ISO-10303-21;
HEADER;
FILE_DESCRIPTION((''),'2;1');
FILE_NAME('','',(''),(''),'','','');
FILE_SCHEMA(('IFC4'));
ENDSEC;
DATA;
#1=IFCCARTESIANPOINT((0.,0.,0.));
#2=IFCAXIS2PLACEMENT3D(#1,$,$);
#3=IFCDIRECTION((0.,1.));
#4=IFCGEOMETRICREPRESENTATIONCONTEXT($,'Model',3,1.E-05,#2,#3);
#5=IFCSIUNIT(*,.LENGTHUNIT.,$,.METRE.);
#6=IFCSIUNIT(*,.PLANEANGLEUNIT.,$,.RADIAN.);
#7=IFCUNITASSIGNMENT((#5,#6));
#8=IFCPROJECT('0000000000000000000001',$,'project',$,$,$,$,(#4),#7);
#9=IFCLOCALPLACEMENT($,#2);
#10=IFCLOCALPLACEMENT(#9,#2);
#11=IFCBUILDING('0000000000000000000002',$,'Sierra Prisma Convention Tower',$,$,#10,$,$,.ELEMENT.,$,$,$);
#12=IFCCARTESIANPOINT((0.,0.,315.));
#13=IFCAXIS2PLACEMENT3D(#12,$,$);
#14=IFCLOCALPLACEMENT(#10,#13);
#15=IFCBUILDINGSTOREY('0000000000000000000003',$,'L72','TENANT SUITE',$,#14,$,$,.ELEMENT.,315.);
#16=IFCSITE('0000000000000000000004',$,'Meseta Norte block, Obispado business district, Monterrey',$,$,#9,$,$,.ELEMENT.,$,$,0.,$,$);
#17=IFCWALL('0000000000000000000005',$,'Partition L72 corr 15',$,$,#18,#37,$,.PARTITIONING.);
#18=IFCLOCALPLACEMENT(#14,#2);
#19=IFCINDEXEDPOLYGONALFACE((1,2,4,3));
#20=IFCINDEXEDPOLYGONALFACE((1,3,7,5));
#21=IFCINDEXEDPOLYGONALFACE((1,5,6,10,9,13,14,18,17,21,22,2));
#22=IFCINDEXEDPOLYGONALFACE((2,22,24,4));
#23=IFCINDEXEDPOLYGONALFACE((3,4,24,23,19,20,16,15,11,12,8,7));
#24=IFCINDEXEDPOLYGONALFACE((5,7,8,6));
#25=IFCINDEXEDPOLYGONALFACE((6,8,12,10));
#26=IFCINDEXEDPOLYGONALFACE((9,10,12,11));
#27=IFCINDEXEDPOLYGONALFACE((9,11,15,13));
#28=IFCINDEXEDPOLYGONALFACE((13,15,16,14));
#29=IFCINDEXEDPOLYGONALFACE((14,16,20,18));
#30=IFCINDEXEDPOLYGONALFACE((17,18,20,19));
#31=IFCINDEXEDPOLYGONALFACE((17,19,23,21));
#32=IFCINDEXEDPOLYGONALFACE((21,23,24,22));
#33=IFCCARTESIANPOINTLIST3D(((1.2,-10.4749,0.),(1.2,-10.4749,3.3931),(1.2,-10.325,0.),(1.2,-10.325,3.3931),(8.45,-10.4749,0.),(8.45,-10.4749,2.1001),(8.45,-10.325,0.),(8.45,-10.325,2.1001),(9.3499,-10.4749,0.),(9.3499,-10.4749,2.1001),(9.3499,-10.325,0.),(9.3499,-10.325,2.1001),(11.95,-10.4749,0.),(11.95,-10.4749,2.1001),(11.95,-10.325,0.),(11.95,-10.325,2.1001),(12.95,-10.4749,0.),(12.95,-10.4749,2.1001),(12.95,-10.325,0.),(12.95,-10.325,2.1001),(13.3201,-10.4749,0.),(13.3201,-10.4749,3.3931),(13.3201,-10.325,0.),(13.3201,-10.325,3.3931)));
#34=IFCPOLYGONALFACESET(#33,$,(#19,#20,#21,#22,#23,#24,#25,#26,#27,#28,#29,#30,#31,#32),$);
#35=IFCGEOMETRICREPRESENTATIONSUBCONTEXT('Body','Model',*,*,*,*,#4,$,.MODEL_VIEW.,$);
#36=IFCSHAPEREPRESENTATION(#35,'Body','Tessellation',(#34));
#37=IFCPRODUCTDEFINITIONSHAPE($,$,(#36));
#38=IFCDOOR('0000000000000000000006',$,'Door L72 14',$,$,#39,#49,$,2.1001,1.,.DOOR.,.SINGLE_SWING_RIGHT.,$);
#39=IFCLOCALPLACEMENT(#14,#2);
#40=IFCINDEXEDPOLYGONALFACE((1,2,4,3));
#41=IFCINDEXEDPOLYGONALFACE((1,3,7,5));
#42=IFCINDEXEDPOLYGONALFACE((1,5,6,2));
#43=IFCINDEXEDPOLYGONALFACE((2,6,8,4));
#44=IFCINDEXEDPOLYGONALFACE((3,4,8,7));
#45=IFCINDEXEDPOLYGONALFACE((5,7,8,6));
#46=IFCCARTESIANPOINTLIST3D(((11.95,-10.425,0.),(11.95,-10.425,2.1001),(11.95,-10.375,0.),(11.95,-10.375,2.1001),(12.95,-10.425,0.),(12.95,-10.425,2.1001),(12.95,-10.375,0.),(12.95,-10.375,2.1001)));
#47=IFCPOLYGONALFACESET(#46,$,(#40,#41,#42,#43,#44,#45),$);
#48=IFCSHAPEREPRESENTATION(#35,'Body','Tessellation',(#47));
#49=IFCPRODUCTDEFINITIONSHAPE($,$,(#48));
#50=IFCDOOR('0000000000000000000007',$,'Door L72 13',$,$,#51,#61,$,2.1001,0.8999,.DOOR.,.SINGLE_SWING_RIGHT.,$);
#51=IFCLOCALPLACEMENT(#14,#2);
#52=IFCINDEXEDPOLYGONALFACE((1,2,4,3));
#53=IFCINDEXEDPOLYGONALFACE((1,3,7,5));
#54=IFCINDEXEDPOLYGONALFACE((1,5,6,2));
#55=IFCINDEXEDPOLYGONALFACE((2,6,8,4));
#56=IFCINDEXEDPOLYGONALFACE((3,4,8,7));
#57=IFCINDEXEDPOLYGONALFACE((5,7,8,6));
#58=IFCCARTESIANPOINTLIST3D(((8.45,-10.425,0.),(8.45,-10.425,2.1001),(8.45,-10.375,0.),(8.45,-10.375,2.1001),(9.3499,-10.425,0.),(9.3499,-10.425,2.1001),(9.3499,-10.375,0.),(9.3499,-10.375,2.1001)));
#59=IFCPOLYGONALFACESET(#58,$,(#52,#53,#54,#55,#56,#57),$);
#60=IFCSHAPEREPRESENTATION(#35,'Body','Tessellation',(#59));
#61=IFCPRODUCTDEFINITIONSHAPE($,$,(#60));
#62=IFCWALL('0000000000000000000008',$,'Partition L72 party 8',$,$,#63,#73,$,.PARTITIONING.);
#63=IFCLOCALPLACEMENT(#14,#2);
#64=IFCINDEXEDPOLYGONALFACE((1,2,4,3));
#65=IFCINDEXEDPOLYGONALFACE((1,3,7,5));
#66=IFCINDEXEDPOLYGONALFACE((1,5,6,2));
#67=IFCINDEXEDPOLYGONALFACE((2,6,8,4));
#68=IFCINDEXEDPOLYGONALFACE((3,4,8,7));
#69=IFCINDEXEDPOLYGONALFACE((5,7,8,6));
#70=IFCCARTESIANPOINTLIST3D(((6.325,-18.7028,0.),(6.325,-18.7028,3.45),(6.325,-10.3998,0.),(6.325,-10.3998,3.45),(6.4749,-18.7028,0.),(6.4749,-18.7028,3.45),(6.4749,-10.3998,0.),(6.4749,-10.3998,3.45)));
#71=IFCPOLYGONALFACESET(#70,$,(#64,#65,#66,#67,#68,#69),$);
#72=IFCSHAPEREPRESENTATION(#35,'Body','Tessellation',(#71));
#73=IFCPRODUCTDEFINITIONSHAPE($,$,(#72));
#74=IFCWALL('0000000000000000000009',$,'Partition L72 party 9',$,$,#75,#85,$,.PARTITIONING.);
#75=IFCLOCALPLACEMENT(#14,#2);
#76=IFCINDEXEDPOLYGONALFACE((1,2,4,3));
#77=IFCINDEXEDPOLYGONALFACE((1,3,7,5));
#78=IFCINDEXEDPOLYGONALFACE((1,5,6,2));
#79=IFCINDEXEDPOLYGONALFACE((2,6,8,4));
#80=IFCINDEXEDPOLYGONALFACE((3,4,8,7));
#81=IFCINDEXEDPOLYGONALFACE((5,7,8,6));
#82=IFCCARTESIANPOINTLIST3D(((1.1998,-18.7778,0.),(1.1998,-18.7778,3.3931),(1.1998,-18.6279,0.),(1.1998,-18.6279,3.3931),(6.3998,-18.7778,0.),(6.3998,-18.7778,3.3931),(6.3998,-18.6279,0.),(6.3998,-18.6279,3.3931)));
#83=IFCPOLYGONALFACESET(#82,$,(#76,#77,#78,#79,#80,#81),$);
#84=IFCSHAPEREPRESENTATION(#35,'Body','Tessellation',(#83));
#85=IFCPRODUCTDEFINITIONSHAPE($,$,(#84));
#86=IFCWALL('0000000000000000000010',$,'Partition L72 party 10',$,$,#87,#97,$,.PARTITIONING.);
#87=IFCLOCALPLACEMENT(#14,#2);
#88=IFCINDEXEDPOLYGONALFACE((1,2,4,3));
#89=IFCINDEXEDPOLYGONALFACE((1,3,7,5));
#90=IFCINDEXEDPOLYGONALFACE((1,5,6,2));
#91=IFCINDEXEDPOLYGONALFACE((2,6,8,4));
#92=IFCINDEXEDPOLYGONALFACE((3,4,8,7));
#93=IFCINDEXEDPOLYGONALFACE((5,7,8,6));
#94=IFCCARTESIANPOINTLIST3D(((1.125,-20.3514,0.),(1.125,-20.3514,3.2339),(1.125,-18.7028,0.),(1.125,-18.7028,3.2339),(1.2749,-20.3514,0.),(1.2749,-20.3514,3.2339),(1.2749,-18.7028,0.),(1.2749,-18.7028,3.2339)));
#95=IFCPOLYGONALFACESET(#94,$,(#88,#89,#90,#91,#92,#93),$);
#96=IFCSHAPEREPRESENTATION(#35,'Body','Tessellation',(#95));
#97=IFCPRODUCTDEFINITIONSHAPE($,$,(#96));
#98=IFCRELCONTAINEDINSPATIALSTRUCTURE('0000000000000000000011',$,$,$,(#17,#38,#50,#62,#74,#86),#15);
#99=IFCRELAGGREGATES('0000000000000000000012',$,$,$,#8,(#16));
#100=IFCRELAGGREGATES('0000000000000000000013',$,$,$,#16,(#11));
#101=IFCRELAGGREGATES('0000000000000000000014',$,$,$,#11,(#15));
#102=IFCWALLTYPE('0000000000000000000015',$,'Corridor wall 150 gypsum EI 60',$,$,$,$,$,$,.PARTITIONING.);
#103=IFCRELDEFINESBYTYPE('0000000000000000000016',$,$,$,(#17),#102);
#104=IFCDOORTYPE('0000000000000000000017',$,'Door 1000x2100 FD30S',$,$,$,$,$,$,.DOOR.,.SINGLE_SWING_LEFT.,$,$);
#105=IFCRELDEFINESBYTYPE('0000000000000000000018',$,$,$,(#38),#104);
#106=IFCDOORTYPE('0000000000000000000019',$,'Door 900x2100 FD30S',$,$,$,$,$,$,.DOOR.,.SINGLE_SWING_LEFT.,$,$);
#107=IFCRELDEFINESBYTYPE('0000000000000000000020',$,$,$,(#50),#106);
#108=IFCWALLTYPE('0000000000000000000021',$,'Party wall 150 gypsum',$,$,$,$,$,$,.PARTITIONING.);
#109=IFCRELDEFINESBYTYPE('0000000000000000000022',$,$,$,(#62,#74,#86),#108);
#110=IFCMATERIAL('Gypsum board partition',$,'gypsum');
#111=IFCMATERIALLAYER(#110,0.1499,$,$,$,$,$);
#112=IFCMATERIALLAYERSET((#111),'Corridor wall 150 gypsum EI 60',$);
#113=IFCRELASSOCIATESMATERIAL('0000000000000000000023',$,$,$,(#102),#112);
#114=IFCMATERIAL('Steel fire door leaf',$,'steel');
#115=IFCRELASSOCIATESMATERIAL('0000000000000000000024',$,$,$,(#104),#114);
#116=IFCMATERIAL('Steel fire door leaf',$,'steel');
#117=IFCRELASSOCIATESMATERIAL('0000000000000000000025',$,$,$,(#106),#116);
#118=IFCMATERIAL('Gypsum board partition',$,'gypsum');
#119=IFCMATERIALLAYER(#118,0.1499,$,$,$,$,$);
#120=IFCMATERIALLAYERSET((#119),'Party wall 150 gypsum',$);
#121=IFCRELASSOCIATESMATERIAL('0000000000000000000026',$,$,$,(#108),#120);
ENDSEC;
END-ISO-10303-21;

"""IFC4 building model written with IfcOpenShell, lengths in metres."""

from ifc_helpers import new_model, si_unit, direction, frame, frame_2d, origin, place, context, subcontext, project, spatial, rectangle, extrude, material, layer, layer_set, type_object, element, fill, save


model = new_model("IFC4")

# Units and contexts
model_context = context("Model", 3, precision=1e-05, world=origin(), true_north=direction((0.0, 1.0)))
body_context = subcontext(model_context, "Body", "Model", "MODEL_VIEW")
ifc_project = project(units=[si_unit("LENGTHUNIT", "METRE"), si_unit("PLANEANGLEUNIT", "RADIAN")], contexts=[model_context])

# Site, building, storey
site_placement = place(None, origin())
site = spatial("IfcSite", under=ifc_project, at=site_placement, Name="Meseta Norte block, Obispado business district, Monterrey", CompositionType="ELEMENT", RefElevation=0.0)
building_placement = place(site_placement, origin())
building = spatial("IfcBuilding", under=site, at=building_placement, Name="Sierra Prisma Convention Tower", CompositionType="ELEMENT")
storey_placement = place(building_placement, frame((0.0, 0.0, 315.0)))
storey = spatial("IfcBuildingStorey", under=building, at=storey_placement, Name="L72", Description="TENANT SUITE", CompositionType="ELEMENT", Elevation=315.0)

# Shared definitions
ifc_material_1 = material(Name="Gypsum board partition", Category="gypsum")
ifc_layer_1 = layer(ifc_material_1, 0.1499)
ifc_layer_set_1 = layer_set([ifc_layer_1], Name="Corridor wall 150 gypsum EI 60")
wall_type_1 = type_object("IfcWallType", Name="Corridor wall 150 gypsum EI 60", PredefinedType="PARTITIONING", material=ifc_layer_set_1)
ifc_material_2 = material(Name="Steel fire door leaf", Category="steel")
door_type_1 = type_object("IfcDoorType", Name="Door 1000x2100 FD30S", OperationType="SINGLE_SWING_LEFT", PredefinedType="DOOR", material=ifc_material_2)

# Wall, openings, doors
wall_1_placement = place(storey_placement, frame((1.2, -10.3999, 0.0), z_axis=(0.0, 0.0, 1.0), x_axis=(1.0, 0.0, 0.0)))
wall_1 = element("IfcWall", 1, at=wall_1_placement, inside=storey, type_object=wall_type_1, Name="Partition L72 corr 15", PredefinedType="PARTITIONING", context=body_context, shape_type="SweptSolid", body=[
    extrude(rectangle(XDim=12.1201, YDim=0.1499, at=frame_2d((6.0601, 0.0))), origin(), (0.0, 0.0, 1.0), 3.3931),
])
opening_1_placement = place(wall_1_placement, frame((7.25, 0.0, 0.0)))
opening_1 = element("IfcOpeningElement", 2, at=opening_1_placement, cuts=wall_1, PredefinedType="OPENING", context=body_context, shape_type="SweptSolid", body=[
    extrude(rectangle(XDim=0.8999, YDim=2.1001, at=frame_2d((0.45, 1.05))), frame((0.0, 0.075, 0.0), z_axis=(0.0, -1.0, 0.0), x_axis=(1.0, 0.0, 0.0)), (0.0, 0.0, 1.0), 0.1499),
])
opening_2_placement = place(wall_1_placement, frame((10.75, 0.0, 0.0)))
opening_2 = element("IfcOpeningElement", 3, at=opening_2_placement, cuts=wall_1, PredefinedType="OPENING", context=body_context, shape_type="SweptSolid", body=[
    extrude(rectangle(XDim=1.0, YDim=2.1001, at=frame_2d((0.5, 1.05))), frame((0.0, 0.075, 0.0), z_axis=(0.0, -1.0, 0.0), x_axis=(1.0, 0.0, 0.0)), (0.0, 0.0, 1.0), 0.1499),
])
door_1_placement = place(opening_2_placement, origin())
door_1 = element("IfcDoor", 4, at=door_1_placement, inside=storey, type_object=door_type_1, Name="Door L72 14", OperationType="SINGLE_SWING_RIGHT", OverallHeight=2.1001, OverallWidth=1.0, PredefinedType="DOOR", context=body_context, shape_type="SweptSolid", body=[
    extrude(rectangle(XDim=1.0, YDim=2.1001, at=frame_2d((0.5, 1.05))), frame((0.0, 0.0249, 0.0), z_axis=(0.0, -1.0, 0.0), x_axis=(1.0, 0.0, 0.0)), (0.0, 0.0, 1.0), 0.05),
])
fill(opening_2, door_1)
ifc_material_3 = material(Name="Steel fire door leaf", Category="steel")
door_type_2 = type_object("IfcDoorType", Name="Door 900x2100 FD30S", OperationType="SINGLE_SWING_LEFT", PredefinedType="DOOR", material=ifc_material_3)
door_2_placement = place(opening_1_placement, origin())
door_2 = element("IfcDoor", 5, at=door_2_placement, inside=storey, type_object=door_type_2, Name="Door L72 13", OperationType="SINGLE_SWING_RIGHT", OverallHeight=2.1001, OverallWidth=0.8999, PredefinedType="DOOR", context=body_context, shape_type="SweptSolid", body=[
    extrude(rectangle(XDim=0.8999, YDim=2.1001, at=frame_2d((0.45, 1.05))), frame((0.0, 0.0249, 0.0), z_axis=(0.0, -1.0, 0.0), x_axis=(1.0, 0.0, 0.0)), (0.0, 0.0, 1.0), 0.05),
])
fill(opening_1, door_2)

# Walls
ifc_material_4 = material(Name="Gypsum board partition", Category="gypsum")
ifc_layer_2 = layer(ifc_material_4, 0.1499)
ifc_layer_set_2 = layer_set([ifc_layer_2], Name="Party wall 150 gypsum")
wall_type_2 = type_object("IfcWallType", Name="Party wall 150 gypsum", PredefinedType="PARTITIONING", material=ifc_layer_set_2)
wall_2_placement = place(storey_placement, frame((6.3999, -10.3999, 0.0), z_axis=(0.0, 0.0, 1.0), x_axis=(0.0, -1.0, 0.0)))
element("IfcWall", 6, at=wall_2_placement, inside=storey, type_object=wall_type_2, Name="Partition L72 party 8", PredefinedType="PARTITIONING", context=body_context, shape_type="SweptSolid", body=[
    extrude(rectangle(XDim=8.303, YDim=0.1499, at=frame_2d((4.1514, 0.0))), origin(), (0.0, 0.0, 1.0), 3.45),
])
wall_3_placement = place(storey_placement, frame((6.3999, -18.7029, 0.0), z_axis=(0.0, 0.0, 1.0), x_axis=(-1.0, 0.0, 0.0)))
element("IfcWall", 7, at=wall_3_placement, inside=storey, type_object=wall_type_2, Name="Partition L72 party 9", PredefinedType="PARTITIONING", context=body_context, shape_type="SweptSolid", body=[
    extrude(rectangle(XDim=5.2, YDim=0.1499, at=frame_2d((2.6001, 0.0))), origin(), (0.0, 0.0, 1.0), 3.3931),
])
wall_4_placement = place(storey_placement, frame((1.2, -18.7029, 0.0), z_axis=(0.0, 0.0, 1.0), x_axis=(0.0, -1.0, 0.0)))
element("IfcWall", 8, at=wall_4_placement, inside=storey, type_object=wall_type_2, Name="Partition L72 party 10", PredefinedType="PARTITIONING", context=body_context, shape_type="SweptSolid", body=[
    extrude(rectangle(XDim=1.6487, YDim=0.1499, at=frame_2d((0.8242, 0.0))), origin(), (0.0, 0.0, 1.0), 3.2339),
])

save(model, "model.ifc")
